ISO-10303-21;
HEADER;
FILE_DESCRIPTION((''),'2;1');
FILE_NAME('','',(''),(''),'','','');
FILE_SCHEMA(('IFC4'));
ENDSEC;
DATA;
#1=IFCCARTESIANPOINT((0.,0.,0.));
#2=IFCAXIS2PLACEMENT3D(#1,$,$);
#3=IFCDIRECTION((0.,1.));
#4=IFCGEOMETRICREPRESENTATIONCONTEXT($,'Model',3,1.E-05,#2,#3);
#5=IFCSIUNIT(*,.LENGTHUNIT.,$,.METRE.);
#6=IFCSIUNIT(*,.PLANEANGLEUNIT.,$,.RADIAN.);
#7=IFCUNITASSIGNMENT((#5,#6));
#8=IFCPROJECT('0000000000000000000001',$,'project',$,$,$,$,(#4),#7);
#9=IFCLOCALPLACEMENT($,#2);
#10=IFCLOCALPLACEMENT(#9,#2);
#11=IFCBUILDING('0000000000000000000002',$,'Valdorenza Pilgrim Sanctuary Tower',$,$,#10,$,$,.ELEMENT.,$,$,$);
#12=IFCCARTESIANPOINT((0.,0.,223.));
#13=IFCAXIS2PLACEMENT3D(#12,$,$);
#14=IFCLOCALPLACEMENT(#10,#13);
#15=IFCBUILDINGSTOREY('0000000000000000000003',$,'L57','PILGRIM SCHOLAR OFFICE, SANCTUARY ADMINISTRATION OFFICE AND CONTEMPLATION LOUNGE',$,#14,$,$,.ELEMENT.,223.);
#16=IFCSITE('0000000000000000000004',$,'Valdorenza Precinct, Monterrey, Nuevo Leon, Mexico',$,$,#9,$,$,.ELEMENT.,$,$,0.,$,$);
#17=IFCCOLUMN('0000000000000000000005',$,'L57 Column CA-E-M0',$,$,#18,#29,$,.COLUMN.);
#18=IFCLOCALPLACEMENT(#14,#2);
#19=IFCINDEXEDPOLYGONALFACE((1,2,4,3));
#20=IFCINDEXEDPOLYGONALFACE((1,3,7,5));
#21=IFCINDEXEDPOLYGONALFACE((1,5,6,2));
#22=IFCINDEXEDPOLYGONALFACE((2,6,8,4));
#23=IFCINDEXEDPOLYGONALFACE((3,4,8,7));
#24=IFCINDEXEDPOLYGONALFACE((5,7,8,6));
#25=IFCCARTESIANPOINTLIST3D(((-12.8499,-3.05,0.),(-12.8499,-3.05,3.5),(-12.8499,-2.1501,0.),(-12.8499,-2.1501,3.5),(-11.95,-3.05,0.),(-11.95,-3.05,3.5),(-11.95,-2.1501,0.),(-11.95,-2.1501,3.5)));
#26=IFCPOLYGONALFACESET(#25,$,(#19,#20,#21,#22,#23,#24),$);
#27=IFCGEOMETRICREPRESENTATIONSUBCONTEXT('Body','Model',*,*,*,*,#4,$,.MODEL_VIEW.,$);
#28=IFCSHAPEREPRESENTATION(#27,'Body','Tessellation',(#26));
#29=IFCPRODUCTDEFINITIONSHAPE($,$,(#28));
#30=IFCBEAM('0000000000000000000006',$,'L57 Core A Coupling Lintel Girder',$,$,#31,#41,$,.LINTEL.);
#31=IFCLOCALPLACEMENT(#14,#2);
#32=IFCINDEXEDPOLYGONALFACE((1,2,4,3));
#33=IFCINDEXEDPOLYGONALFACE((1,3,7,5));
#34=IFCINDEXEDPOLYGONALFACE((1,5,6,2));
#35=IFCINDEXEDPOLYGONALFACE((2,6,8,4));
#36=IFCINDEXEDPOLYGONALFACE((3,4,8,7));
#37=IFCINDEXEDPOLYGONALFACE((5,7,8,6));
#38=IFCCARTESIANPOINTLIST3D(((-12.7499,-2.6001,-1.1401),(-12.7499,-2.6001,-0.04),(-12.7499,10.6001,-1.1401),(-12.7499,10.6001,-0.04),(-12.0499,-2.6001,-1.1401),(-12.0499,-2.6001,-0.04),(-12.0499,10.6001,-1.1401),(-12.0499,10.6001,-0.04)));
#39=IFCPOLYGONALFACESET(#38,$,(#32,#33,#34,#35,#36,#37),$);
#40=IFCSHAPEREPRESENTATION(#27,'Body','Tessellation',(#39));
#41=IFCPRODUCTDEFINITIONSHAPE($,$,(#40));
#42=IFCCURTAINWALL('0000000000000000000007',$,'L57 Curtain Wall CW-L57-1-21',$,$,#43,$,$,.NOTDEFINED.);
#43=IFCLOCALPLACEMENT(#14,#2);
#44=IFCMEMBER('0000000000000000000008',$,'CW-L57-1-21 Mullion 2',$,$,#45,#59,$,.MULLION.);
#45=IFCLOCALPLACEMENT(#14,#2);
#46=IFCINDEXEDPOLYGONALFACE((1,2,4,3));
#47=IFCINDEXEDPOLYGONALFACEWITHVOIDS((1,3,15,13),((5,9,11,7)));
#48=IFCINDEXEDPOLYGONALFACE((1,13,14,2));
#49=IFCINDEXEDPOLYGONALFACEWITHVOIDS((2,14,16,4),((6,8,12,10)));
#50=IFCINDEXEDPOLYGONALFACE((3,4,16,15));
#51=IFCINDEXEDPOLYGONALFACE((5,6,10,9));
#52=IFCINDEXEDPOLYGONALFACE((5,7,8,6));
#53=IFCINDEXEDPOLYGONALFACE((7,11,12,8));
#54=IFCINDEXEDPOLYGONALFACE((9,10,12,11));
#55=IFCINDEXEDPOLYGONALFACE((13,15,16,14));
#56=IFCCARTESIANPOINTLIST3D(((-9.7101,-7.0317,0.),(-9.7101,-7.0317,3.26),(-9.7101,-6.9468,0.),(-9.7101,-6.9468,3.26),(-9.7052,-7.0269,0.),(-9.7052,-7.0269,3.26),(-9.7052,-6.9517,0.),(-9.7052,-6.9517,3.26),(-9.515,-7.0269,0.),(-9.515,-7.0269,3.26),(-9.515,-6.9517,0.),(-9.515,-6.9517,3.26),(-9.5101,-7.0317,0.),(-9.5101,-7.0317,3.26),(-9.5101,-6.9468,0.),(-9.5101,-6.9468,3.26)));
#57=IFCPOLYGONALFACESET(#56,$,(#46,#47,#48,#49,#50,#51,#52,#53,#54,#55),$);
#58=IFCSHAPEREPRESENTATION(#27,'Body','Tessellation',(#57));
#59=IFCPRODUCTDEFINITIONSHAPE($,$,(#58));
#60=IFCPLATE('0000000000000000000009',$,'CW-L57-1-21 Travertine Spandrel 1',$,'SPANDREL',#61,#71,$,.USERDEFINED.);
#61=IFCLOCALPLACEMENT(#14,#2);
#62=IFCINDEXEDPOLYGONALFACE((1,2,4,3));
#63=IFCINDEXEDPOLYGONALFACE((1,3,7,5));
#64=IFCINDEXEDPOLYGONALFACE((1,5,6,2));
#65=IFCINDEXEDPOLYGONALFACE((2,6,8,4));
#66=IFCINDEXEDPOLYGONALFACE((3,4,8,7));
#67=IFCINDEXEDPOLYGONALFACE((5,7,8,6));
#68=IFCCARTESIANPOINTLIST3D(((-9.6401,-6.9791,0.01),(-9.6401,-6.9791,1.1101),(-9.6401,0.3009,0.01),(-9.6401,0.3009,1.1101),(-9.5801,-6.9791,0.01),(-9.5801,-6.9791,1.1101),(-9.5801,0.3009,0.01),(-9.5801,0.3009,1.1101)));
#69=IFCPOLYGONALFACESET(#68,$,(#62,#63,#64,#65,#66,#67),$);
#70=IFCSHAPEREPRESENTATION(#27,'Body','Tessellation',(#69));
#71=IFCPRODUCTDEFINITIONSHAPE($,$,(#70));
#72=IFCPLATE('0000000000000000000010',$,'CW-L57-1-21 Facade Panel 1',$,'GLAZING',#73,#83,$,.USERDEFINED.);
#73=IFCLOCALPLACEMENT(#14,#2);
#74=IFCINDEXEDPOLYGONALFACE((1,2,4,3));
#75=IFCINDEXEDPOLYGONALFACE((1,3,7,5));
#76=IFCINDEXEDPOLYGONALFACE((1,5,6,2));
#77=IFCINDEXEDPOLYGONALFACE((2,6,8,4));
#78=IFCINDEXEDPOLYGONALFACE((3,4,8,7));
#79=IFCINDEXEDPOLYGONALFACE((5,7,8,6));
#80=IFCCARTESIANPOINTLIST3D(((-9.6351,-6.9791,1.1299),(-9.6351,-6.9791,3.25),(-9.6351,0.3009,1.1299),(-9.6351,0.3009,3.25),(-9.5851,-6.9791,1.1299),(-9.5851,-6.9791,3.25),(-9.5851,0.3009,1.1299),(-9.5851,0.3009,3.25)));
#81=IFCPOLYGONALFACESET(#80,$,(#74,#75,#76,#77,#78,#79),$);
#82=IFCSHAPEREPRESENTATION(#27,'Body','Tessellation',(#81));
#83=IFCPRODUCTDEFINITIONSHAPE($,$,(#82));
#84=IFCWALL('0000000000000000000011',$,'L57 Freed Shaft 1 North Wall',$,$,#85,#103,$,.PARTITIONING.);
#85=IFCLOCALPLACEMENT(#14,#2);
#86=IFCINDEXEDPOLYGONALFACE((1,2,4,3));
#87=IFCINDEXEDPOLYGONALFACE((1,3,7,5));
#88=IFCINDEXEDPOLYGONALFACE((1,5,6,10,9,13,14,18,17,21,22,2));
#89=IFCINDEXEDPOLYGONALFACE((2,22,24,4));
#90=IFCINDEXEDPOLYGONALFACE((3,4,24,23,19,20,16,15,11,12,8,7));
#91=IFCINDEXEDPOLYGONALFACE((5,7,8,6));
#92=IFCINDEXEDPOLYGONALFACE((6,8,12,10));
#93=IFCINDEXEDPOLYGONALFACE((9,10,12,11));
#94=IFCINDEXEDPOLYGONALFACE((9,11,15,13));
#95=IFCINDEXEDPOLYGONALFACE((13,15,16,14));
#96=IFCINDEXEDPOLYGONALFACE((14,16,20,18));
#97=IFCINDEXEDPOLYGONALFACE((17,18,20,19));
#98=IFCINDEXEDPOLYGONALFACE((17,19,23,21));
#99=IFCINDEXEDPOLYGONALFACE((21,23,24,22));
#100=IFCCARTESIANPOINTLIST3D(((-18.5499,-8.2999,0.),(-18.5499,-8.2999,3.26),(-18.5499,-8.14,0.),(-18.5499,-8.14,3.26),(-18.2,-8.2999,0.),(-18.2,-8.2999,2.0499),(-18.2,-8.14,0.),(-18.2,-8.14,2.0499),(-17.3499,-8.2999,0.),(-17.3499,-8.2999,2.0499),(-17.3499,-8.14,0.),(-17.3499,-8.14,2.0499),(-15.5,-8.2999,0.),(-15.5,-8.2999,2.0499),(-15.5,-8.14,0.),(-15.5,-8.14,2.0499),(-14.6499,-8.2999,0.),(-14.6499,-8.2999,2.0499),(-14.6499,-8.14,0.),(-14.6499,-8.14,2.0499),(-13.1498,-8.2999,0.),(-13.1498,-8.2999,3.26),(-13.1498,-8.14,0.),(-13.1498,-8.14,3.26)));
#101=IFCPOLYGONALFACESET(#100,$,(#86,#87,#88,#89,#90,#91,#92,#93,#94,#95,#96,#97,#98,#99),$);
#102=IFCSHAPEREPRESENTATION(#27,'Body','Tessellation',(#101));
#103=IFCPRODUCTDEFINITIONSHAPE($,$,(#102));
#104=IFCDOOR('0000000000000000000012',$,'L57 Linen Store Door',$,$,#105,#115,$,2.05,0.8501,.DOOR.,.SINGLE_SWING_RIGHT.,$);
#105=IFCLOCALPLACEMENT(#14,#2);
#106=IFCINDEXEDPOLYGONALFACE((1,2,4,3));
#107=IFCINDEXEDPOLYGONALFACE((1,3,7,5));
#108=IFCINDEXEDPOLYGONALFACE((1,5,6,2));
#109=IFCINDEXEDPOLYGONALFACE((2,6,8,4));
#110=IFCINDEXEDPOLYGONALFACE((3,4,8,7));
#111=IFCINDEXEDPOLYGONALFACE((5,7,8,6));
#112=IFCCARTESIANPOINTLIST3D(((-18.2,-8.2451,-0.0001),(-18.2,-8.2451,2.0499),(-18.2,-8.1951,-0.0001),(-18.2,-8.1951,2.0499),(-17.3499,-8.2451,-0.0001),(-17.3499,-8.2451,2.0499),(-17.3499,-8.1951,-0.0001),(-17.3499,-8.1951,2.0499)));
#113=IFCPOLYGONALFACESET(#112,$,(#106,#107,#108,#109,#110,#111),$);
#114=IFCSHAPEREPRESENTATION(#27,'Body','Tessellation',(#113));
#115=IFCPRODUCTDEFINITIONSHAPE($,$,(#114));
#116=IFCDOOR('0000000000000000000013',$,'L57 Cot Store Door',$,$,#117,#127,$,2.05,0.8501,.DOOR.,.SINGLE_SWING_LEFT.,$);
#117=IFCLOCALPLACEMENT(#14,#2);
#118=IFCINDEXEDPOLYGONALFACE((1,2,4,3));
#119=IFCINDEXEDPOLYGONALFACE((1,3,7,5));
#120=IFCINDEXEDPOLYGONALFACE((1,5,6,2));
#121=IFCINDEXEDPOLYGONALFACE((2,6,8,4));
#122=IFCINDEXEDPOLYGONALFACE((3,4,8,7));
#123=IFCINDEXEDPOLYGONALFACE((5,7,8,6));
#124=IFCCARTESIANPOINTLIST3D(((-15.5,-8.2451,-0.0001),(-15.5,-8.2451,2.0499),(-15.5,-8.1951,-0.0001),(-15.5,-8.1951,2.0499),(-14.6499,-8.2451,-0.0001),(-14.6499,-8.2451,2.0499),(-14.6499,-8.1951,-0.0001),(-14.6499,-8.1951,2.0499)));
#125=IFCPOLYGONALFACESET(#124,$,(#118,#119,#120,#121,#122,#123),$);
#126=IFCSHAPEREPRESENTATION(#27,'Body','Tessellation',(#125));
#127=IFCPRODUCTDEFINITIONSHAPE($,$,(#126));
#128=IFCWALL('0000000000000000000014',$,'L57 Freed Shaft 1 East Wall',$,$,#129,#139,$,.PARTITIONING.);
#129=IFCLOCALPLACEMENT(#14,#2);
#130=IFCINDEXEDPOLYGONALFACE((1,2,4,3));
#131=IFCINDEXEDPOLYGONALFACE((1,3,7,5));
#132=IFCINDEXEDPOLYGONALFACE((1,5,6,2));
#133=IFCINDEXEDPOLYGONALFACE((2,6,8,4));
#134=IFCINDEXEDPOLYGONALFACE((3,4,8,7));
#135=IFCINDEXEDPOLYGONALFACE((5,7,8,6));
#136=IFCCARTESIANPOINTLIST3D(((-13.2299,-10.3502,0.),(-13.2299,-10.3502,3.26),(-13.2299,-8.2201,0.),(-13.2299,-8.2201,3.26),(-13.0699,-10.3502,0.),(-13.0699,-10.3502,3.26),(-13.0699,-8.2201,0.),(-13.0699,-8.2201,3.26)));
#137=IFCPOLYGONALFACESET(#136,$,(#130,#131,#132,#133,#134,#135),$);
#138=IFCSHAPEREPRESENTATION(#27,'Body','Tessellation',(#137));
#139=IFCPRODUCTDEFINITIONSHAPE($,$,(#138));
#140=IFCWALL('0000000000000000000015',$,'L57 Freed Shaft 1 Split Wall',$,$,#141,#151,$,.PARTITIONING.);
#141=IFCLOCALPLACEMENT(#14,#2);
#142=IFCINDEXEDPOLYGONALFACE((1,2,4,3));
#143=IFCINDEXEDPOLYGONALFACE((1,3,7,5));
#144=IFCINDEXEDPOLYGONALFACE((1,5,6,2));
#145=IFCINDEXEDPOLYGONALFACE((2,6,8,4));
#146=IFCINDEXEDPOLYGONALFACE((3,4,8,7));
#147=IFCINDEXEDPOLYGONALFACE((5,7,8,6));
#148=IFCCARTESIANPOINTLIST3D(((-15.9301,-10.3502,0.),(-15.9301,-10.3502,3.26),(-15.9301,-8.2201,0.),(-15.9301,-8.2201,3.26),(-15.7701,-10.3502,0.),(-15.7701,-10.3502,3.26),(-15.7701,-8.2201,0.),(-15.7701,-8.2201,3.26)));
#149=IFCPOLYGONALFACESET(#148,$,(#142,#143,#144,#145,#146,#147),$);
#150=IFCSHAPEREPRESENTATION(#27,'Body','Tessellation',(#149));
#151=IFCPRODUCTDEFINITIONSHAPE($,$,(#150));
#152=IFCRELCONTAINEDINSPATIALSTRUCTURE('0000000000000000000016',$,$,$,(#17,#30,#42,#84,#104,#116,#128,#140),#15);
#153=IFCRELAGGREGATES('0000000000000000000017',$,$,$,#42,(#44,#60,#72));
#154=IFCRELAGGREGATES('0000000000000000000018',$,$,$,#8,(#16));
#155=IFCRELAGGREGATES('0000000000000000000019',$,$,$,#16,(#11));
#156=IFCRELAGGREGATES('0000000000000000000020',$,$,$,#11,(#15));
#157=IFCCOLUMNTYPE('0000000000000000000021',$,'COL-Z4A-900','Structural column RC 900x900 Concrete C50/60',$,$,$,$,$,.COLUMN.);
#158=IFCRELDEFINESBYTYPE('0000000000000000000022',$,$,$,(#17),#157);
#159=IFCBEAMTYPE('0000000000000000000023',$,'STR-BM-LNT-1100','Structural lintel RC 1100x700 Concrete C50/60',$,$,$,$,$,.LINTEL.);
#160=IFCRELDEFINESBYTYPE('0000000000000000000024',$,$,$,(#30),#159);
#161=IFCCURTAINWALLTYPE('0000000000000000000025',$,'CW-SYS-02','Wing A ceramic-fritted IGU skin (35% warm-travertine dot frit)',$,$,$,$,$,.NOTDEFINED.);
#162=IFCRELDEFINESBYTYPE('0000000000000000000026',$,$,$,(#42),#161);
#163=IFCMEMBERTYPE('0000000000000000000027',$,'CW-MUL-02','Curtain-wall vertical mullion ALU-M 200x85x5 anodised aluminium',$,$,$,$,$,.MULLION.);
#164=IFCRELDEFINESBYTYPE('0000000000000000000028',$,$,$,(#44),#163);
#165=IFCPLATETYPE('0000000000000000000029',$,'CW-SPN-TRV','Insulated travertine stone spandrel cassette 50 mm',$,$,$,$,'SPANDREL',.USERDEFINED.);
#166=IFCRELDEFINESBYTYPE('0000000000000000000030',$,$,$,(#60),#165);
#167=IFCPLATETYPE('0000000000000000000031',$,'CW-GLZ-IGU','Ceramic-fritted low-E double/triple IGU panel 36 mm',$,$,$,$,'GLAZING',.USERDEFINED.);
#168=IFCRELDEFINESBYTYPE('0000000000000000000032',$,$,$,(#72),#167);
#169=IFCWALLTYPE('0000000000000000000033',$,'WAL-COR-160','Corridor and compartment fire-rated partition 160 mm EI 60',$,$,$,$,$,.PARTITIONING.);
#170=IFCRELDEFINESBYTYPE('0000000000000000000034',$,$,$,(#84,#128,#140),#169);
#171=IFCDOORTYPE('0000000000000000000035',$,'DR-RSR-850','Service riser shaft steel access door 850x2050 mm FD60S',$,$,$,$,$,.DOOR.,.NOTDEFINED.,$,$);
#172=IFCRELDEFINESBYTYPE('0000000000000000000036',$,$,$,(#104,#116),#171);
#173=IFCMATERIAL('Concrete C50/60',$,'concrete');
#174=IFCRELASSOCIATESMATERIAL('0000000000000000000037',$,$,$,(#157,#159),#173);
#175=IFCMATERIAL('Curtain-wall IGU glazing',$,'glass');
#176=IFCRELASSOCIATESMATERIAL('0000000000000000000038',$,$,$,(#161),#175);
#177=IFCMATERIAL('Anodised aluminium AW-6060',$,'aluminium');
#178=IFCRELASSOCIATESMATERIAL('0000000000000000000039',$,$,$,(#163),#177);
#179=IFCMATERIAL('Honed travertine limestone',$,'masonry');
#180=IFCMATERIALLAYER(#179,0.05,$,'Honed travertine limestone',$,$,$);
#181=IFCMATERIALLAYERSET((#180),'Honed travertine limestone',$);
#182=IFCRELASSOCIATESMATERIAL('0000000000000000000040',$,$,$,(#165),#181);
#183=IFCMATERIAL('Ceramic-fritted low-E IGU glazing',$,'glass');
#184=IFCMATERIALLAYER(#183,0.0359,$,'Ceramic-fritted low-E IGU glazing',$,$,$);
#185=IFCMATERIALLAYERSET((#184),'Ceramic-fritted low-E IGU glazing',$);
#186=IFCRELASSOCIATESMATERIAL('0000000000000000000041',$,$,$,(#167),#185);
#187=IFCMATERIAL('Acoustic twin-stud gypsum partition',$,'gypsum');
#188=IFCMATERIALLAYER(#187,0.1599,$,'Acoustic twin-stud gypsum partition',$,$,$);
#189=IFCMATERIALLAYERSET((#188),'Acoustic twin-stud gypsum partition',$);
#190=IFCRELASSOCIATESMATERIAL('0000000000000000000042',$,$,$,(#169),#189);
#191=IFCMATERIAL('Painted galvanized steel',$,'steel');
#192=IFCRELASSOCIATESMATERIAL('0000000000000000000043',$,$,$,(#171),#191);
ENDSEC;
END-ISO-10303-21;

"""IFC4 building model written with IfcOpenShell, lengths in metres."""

from ifc_helpers import new_model, si_unit, direction, frame, frame_2d, origin, origin_2d, place, context, subcontext, project, spatial, rectangle, hollow_rectangle, extrude, source, transform, mapped, material, layer, layer_set, material_profile, profile_set, type_object, element, fill, aggregate, save


model = new_model("IFC4")

# Units and contexts
model_context = context("Model", 3, precision=1e-05, world=origin(), true_north=direction((0.0, 1.0)))
body_context = subcontext(model_context, "Body", "Model", "MODEL_VIEW")
ifc_project = project(units=[si_unit("LENGTHUNIT", "METRE"), si_unit("PLANEANGLEUNIT", "RADIAN")], contexts=[model_context])

# Site, building, storey
site_placement = place(None, origin())
site = spatial("IfcSite", under=ifc_project, at=site_placement, Name="Valdorenza Precinct, Monterrey, Nuevo Leon, Mexico", CompositionType="ELEMENT", RefElevation=0.0)
building_placement = place(site_placement, origin())
building = spatial("IfcBuilding", under=site, at=building_placement, Name="Valdorenza Pilgrim Sanctuary Tower", CompositionType="ELEMENT")
storey_placement = place(building_placement, frame((0.0, 0.0, 223.0)))
storey = spatial("IfcBuildingStorey", under=building, at=storey_placement, Name="L57", Description="PILGRIM SCHOLAR OFFICE, SANCTUARY ADMINISTRATION OFFICE AND CONTEMPLATION LOUNGE", CompositionType="ELEMENT", Elevation=223.0)

# Column
ifc_material_1 = material(Name="Concrete C50/60", Category="concrete")
ifc_material_profile_1 = material_profile(ifc_material_1, rectangle(XDim=0.8999, YDim=0.8999, at=origin_2d()), Name="RC 900x900")
ifc_profile_set_1 = profile_set([ifc_material_profile_1], Name="Concrete C50/60")
column_type = type_object("IfcColumnType", Name="COL-Z4A-900", Description="Structural column RC 900x900 Concrete C50/60", PredefinedType="COLUMN", material=ifc_profile_set_1)
shared_shape_1 = source(origin(), body_context, "Body", "SweptSolid", [
    extrude(rectangle(XDim=0.8999, YDim=0.8999, at=origin_2d()), origin(), (0.0, 0.0, 1.0), 3.5),
])
column_placement = place(storey_placement, frame((-12.3999, -2.6001, 0.0), z_axis=(0.0, 0.0, 1.0), x_axis=(1.0, 0.0, 0.0)))
element("IfcColumn", 1, at=column_placement, inside=storey, type_object=column_type, Name="L57 Column CA-E-M0", PredefinedType="COLUMN", context=body_context, shape_type="MappedRepresentation", body=[
    mapped(shared_shape_1, transform((0.0, 0.0, 0.0), x_axis=(1.0, 0.0, 0.0), y_axis=(0.0, 1.0, 0.0), z_axis=(0.0, 0.0, 1.0), scale=1.0)),
])

# Beam
ifc_material_profile_2 = material_profile(ifc_material_1, rectangle(XDim=0.7, YDim=1.1001, at=origin_2d()), Name="RC 1100x700")
ifc_profile_set_2 = profile_set([ifc_material_profile_2], Name="Concrete C50/60")
beam_type = type_object("IfcBeamType", Name="STR-BM-LNT-1100", Description="Structural lintel RC 1100x700 Concrete C50/60", PredefinedType="LINTEL", material=ifc_profile_set_2)
shared_shape_2 = source(origin(), body_context, "Body", "SweptSolid", [
    extrude(rectangle(XDim=0.7, YDim=1.1001, at=origin_2d()), origin(), (0.0, 0.0, 1.0), 13.2002),
])
beam_placement = place(storey_placement, frame((-12.3999, -2.6001, -0.5901), z_axis=(0.0, 1.0, 0.0), x_axis=(-1.0, 0.0, 0.0)))
element("IfcBeam", 2, at=beam_placement, inside=storey, type_object=beam_type, Name="L57 Core A Coupling Lintel Girder", PredefinedType="LINTEL", context=body_context, shape_type="MappedRepresentation", body=[
    mapped(shared_shape_2, transform((0.0, 0.0, 0.0), x_axis=(1.0, 0.0, 0.0), y_axis=(0.0, 1.0, 0.0), z_axis=(0.0, 0.0, 1.0), scale=1.0)),
])

# Curtain wall, member, plates
ifc_material_2 = material(Name="Curtain-wall IGU glazing", Category="glass")
curtain_wall_type = type_object("IfcCurtainWallType", Name="CW-SYS-02", Description="Wing A ceramic-fritted IGU skin (35% warm-travertine dot frit)", PredefinedType="NOTDEFINED", material=ifc_material_2)
curtain_wall_placement = place(storey_placement, origin())
curtain_wall = element("IfcCurtainWall", 3, at=curtain_wall_placement, inside=storey, type_object=curtain_wall_type, Name="L57 Curtain Wall CW-L57-1-21", PredefinedType="NOTDEFINED")
ifc_material_3 = material(Name="Anodised aluminium AW-6060", Category="aluminium")
ifc_material_profile_3 = material_profile(ifc_material_3, hollow_rectangle(XDim=0.085, YDim=0.2, WallThickness=0.0049, at=origin_2d()), Name="ALU-M 200x85x5")
ifc_profile_set_3 = profile_set([ifc_material_profile_3], Name="Anodised aluminium AW-6060")
member_type = type_object("IfcMemberType", Name="CW-MUL-02", Description="Curtain-wall vertical mullion ALU-M 200x85x5 anodised aluminium", PredefinedType="MULLION", material=ifc_profile_set_3)
shared_shape_3 = source(origin(), body_context, "Body", "SweptSolid", [
    extrude(hollow_rectangle(XDim=0.085, YDim=0.2, WallThickness=0.0049, at=origin_2d()), origin(), (0.0, 0.0, 1.0), 3.26),
])
member_placement = place(storey_placement, frame((-9.6101, -6.9893, 0.0), z_axis=(0.0, 0.0, 1.0), x_axis=(0.0, -1.0, 0.0)))
member = element("IfcMember", 4, at=member_placement, type_object=member_type, Name="CW-L57-1-21 Mullion 2", PredefinedType="MULLION", context=body_context, shape_type="MappedRepresentation", body=[
    mapped(shared_shape_3, transform((0.0, 0.0, 0.0), x_axis=(1.0, 0.0, 0.0), y_axis=(0.0, 1.0, 0.0), z_axis=(0.0, 0.0, 1.0), scale=1.0)),
])
ifc_material_4 = material(Name="Honed travertine limestone", Category="masonry")
ifc_layer_1 = layer(ifc_material_4, 0.05, Name="Honed travertine limestone")
ifc_layer_set_1 = layer_set([ifc_layer_1], Name="Honed travertine limestone")
plate_type_1 = type_object("IfcPlateType", Name="CW-SPN-TRV", Description="Insulated travertine stone spandrel cassette 50 mm", ElementType="SPANDREL", PredefinedType="USERDEFINED", material=ifc_layer_set_1)
shared_shape_4 = source(origin(), body_context, "Body", "SweptSolid", [
    extrude(rectangle(XDim=7.28, YDim=0.0601, at=origin_2d()), origin(), (0.0, 0.0, 1.0), 1.1001),
])
plate_1_placement = place(storey_placement, frame((-9.6101, -3.3391, 0.01), z_axis=(0.0, 0.0, 1.0), x_axis=(0.0, -1.0, 0.0)))
plate_1 = element("IfcPlate", 5, at=plate_1_placement, type_object=plate_type_1, Name="CW-L57-1-21 Travertine Spandrel 1", ObjectType="SPANDREL", PredefinedType="USERDEFINED", context=body_context, shape_type="MappedRepresentation", body=[
    mapped(shared_shape_4, transform((0.0, 0.0, 0.0), x_axis=(1.0, 0.0, 0.0), y_axis=(0.0, 1.0, 0.0), z_axis=(0.0, 0.0, 1.0), scale=1.0)),
])
ifc_material_5 = material(Name="Ceramic-fritted low-E IGU glazing", Category="glass")
ifc_layer_2 = layer(ifc_material_5, 0.0359, Name="Ceramic-fritted low-E IGU glazing")
ifc_layer_set_2 = layer_set([ifc_layer_2], Name="Ceramic-fritted low-E IGU glazing")
plate_type_2 = type_object("IfcPlateType", Name="CW-GLZ-IGU", Description="Ceramic-fritted low-E double/triple IGU panel 36 mm", ElementType="GLAZING", PredefinedType="USERDEFINED", material=ifc_layer_set_2)
shared_shape_5 = source(origin(), body_context, "Body", "SweptSolid", [
    extrude(rectangle(XDim=7.28, YDim=0.05, at=origin_2d()), origin(), (0.0, 0.0, 1.0), 2.1201),
])
plate_2_placement = place(storey_placement, frame((-9.6101, -3.3391, 1.1299), z_axis=(0.0, 0.0, 1.0), x_axis=(0.0, -1.0, 0.0)))
plate_2 = element("IfcPlate", 6, at=plate_2_placement, type_object=plate_type_2, Name="CW-L57-1-21 Facade Panel 1", ObjectType="GLAZING", PredefinedType="USERDEFINED", context=body_context, shape_type="MappedRepresentation", body=[
    mapped(shared_shape_5, transform((0.0, 0.0, 0.0), x_axis=(1.0, 0.0, 0.0), y_axis=(0.0, 1.0, 0.0), z_axis=(0.0, 0.0, 1.0), scale=1.0)),
])
aggregate(curtain_wall, [member, plate_1, plate_2])

# Wall, openings, doors
ifc_material_6 = material(Name="Acoustic twin-stud gypsum partition", Category="gypsum")
ifc_layer_3 = layer(ifc_material_6, 0.1599, Name="Acoustic twin-stud gypsum partition")
ifc_layer_set_3 = layer_set([ifc_layer_3], Name="Acoustic twin-stud gypsum partition")
wall_type_1 = type_object("IfcWallType", Name="WAL-COR-160", Description="Corridor and compartment fire-rated partition 160 mm EI 60", PredefinedType="PARTITIONING", material=ifc_layer_set_3)
wall_1_placement = place(storey_placement, frame((-18.55, -8.22, 0.0), z_axis=(0.0, 0.0, 1.0), x_axis=(1.0, 0.0, 0.0)))
wall_1 = element("IfcWall", 7, at=wall_1_placement, inside=storey, type_object=wall_type_1, Name="L57 Freed Shaft 1 North Wall", PredefinedType="PARTITIONING", context=body_context, shape_type="SweptSolid", body=[
    extrude(rectangle(XDim=5.4001, YDim=0.1599, at=frame_2d((2.7002, 0.0))), origin(), (0.0, 0.0, 1.0), 3.26),
])
opening_1_placement = place(wall_1_placement, frame((0.3501, 0.0, 0.0)))
opening_1 = element("IfcOpeningElement", 8, at=opening_1_placement, cuts=wall_1, PredefinedType="OPENING", context=body_context, shape_type="SweptSolid", body=[
    extrude(rectangle(XDim=0.8501, YDim=2.05, at=frame_2d((0.425, 1.0249))), frame((0.0, 0.0947, 0.0), z_axis=(0.0, -1.0, 0.0), x_axis=(1.0, 0.0, 0.0)), (0.0, 0.0, 1.0), 0.1897),
])
opening_2_placement = place(wall_1_placement, frame((3.05, 0.0, 0.0)))
opening_2 = element("IfcOpeningElement", 9, at=opening_2_placement, cuts=wall_1, PredefinedType="OPENING", context=body_context, shape_type="SweptSolid", body=[
    extrude(rectangle(XDim=0.8501, YDim=2.05, at=frame_2d((0.425, 1.0249))), frame((0.0, 0.0947, 0.0), z_axis=(0.0, -1.0, 0.0), x_axis=(1.0, 0.0, 0.0)), (0.0, 0.0, 1.0), 0.1897),
])
ifc_material_7 = material(Name="Painted galvanized steel", Category="steel")
door_type_1 = type_object("IfcDoorType", Name="DR-RSR-850", Description="Service riser shaft steel access door 850x2050 mm FD60S", OperationType="NOTDEFINED", PredefinedType="DOOR", material=ifc_material_7)
door_1_placement = place(opening_1_placement, origin())
door_1 = element("IfcDoor", 10, at=door_1_placement, inside=storey, type_object=door_type_1, Name="L57 Linen Store Door", OperationType="SINGLE_SWING_RIGHT", OverallHeight=2.05, OverallWidth=0.8501, PredefinedType="DOOR", context=body_context, shape_type="SweptSolid", body=[
    extrude(rectangle(XDim=0.8501, YDim=2.05, at=frame_2d((0.425, 1.0249))), frame((0.0, 0.0249, 0.0), z_axis=(0.0, -1.0, 0.0), x_axis=(1.0, 0.0, 0.0)), (0.0, 0.0, 1.0), 0.05),
])
fill(opening_1, door_1)
door_2_placement = place(opening_2_placement, origin())
door_2 = element("IfcDoor", 11, at=door_2_placement, inside=storey, type_object=door_type_1, Name="L57 Cot Store Door", OperationType="SINGLE_SWING_LEFT", OverallHeight=2.05, OverallWidth=0.8501, PredefinedType="DOOR", context=body_context, shape_type="SweptSolid", body=[
    extrude(rectangle(XDim=0.8501, YDim=2.05, at=frame_2d((0.425, 1.0249))), frame((0.0, 0.0249, 0.0), z_axis=(0.0, -1.0, 0.0), x_axis=(1.0, 0.0, 0.0)), (0.0, 0.0, 1.0), 0.05),
])
fill(opening_2, door_2)

# Walls
for number, where, z_axis, x_axis, name in (
    (12, (-13.1499, -10.3501, 0.0), (0.0, 0.0, 1.0), (0.0, 1.0, 0.0), "L57 Freed Shaft 1 East Wall"),
    (13, (-15.8501, -10.3501, 0.0), (0.0, 0.0, 1.0), (0.0, 1.0, 0.0), "L57 Freed Shaft 1 Split Wall"),
):
    element("IfcWall", number, at=place(storey_placement, frame(where, z_axis=z_axis, x_axis=x_axis)), inside=storey, type_object=wall_type_1, Name=name, PredefinedType="PARTITIONING", context=body_context, shape_type="SweptSolid", body=[
        extrude(rectangle(XDim=2.1301, YDim=0.1599, at=frame_2d((1.0649, 0.0))), origin(), (0.0, 0.0, 1.0), 3.26),
    ])

save(model, "model.ifc")
